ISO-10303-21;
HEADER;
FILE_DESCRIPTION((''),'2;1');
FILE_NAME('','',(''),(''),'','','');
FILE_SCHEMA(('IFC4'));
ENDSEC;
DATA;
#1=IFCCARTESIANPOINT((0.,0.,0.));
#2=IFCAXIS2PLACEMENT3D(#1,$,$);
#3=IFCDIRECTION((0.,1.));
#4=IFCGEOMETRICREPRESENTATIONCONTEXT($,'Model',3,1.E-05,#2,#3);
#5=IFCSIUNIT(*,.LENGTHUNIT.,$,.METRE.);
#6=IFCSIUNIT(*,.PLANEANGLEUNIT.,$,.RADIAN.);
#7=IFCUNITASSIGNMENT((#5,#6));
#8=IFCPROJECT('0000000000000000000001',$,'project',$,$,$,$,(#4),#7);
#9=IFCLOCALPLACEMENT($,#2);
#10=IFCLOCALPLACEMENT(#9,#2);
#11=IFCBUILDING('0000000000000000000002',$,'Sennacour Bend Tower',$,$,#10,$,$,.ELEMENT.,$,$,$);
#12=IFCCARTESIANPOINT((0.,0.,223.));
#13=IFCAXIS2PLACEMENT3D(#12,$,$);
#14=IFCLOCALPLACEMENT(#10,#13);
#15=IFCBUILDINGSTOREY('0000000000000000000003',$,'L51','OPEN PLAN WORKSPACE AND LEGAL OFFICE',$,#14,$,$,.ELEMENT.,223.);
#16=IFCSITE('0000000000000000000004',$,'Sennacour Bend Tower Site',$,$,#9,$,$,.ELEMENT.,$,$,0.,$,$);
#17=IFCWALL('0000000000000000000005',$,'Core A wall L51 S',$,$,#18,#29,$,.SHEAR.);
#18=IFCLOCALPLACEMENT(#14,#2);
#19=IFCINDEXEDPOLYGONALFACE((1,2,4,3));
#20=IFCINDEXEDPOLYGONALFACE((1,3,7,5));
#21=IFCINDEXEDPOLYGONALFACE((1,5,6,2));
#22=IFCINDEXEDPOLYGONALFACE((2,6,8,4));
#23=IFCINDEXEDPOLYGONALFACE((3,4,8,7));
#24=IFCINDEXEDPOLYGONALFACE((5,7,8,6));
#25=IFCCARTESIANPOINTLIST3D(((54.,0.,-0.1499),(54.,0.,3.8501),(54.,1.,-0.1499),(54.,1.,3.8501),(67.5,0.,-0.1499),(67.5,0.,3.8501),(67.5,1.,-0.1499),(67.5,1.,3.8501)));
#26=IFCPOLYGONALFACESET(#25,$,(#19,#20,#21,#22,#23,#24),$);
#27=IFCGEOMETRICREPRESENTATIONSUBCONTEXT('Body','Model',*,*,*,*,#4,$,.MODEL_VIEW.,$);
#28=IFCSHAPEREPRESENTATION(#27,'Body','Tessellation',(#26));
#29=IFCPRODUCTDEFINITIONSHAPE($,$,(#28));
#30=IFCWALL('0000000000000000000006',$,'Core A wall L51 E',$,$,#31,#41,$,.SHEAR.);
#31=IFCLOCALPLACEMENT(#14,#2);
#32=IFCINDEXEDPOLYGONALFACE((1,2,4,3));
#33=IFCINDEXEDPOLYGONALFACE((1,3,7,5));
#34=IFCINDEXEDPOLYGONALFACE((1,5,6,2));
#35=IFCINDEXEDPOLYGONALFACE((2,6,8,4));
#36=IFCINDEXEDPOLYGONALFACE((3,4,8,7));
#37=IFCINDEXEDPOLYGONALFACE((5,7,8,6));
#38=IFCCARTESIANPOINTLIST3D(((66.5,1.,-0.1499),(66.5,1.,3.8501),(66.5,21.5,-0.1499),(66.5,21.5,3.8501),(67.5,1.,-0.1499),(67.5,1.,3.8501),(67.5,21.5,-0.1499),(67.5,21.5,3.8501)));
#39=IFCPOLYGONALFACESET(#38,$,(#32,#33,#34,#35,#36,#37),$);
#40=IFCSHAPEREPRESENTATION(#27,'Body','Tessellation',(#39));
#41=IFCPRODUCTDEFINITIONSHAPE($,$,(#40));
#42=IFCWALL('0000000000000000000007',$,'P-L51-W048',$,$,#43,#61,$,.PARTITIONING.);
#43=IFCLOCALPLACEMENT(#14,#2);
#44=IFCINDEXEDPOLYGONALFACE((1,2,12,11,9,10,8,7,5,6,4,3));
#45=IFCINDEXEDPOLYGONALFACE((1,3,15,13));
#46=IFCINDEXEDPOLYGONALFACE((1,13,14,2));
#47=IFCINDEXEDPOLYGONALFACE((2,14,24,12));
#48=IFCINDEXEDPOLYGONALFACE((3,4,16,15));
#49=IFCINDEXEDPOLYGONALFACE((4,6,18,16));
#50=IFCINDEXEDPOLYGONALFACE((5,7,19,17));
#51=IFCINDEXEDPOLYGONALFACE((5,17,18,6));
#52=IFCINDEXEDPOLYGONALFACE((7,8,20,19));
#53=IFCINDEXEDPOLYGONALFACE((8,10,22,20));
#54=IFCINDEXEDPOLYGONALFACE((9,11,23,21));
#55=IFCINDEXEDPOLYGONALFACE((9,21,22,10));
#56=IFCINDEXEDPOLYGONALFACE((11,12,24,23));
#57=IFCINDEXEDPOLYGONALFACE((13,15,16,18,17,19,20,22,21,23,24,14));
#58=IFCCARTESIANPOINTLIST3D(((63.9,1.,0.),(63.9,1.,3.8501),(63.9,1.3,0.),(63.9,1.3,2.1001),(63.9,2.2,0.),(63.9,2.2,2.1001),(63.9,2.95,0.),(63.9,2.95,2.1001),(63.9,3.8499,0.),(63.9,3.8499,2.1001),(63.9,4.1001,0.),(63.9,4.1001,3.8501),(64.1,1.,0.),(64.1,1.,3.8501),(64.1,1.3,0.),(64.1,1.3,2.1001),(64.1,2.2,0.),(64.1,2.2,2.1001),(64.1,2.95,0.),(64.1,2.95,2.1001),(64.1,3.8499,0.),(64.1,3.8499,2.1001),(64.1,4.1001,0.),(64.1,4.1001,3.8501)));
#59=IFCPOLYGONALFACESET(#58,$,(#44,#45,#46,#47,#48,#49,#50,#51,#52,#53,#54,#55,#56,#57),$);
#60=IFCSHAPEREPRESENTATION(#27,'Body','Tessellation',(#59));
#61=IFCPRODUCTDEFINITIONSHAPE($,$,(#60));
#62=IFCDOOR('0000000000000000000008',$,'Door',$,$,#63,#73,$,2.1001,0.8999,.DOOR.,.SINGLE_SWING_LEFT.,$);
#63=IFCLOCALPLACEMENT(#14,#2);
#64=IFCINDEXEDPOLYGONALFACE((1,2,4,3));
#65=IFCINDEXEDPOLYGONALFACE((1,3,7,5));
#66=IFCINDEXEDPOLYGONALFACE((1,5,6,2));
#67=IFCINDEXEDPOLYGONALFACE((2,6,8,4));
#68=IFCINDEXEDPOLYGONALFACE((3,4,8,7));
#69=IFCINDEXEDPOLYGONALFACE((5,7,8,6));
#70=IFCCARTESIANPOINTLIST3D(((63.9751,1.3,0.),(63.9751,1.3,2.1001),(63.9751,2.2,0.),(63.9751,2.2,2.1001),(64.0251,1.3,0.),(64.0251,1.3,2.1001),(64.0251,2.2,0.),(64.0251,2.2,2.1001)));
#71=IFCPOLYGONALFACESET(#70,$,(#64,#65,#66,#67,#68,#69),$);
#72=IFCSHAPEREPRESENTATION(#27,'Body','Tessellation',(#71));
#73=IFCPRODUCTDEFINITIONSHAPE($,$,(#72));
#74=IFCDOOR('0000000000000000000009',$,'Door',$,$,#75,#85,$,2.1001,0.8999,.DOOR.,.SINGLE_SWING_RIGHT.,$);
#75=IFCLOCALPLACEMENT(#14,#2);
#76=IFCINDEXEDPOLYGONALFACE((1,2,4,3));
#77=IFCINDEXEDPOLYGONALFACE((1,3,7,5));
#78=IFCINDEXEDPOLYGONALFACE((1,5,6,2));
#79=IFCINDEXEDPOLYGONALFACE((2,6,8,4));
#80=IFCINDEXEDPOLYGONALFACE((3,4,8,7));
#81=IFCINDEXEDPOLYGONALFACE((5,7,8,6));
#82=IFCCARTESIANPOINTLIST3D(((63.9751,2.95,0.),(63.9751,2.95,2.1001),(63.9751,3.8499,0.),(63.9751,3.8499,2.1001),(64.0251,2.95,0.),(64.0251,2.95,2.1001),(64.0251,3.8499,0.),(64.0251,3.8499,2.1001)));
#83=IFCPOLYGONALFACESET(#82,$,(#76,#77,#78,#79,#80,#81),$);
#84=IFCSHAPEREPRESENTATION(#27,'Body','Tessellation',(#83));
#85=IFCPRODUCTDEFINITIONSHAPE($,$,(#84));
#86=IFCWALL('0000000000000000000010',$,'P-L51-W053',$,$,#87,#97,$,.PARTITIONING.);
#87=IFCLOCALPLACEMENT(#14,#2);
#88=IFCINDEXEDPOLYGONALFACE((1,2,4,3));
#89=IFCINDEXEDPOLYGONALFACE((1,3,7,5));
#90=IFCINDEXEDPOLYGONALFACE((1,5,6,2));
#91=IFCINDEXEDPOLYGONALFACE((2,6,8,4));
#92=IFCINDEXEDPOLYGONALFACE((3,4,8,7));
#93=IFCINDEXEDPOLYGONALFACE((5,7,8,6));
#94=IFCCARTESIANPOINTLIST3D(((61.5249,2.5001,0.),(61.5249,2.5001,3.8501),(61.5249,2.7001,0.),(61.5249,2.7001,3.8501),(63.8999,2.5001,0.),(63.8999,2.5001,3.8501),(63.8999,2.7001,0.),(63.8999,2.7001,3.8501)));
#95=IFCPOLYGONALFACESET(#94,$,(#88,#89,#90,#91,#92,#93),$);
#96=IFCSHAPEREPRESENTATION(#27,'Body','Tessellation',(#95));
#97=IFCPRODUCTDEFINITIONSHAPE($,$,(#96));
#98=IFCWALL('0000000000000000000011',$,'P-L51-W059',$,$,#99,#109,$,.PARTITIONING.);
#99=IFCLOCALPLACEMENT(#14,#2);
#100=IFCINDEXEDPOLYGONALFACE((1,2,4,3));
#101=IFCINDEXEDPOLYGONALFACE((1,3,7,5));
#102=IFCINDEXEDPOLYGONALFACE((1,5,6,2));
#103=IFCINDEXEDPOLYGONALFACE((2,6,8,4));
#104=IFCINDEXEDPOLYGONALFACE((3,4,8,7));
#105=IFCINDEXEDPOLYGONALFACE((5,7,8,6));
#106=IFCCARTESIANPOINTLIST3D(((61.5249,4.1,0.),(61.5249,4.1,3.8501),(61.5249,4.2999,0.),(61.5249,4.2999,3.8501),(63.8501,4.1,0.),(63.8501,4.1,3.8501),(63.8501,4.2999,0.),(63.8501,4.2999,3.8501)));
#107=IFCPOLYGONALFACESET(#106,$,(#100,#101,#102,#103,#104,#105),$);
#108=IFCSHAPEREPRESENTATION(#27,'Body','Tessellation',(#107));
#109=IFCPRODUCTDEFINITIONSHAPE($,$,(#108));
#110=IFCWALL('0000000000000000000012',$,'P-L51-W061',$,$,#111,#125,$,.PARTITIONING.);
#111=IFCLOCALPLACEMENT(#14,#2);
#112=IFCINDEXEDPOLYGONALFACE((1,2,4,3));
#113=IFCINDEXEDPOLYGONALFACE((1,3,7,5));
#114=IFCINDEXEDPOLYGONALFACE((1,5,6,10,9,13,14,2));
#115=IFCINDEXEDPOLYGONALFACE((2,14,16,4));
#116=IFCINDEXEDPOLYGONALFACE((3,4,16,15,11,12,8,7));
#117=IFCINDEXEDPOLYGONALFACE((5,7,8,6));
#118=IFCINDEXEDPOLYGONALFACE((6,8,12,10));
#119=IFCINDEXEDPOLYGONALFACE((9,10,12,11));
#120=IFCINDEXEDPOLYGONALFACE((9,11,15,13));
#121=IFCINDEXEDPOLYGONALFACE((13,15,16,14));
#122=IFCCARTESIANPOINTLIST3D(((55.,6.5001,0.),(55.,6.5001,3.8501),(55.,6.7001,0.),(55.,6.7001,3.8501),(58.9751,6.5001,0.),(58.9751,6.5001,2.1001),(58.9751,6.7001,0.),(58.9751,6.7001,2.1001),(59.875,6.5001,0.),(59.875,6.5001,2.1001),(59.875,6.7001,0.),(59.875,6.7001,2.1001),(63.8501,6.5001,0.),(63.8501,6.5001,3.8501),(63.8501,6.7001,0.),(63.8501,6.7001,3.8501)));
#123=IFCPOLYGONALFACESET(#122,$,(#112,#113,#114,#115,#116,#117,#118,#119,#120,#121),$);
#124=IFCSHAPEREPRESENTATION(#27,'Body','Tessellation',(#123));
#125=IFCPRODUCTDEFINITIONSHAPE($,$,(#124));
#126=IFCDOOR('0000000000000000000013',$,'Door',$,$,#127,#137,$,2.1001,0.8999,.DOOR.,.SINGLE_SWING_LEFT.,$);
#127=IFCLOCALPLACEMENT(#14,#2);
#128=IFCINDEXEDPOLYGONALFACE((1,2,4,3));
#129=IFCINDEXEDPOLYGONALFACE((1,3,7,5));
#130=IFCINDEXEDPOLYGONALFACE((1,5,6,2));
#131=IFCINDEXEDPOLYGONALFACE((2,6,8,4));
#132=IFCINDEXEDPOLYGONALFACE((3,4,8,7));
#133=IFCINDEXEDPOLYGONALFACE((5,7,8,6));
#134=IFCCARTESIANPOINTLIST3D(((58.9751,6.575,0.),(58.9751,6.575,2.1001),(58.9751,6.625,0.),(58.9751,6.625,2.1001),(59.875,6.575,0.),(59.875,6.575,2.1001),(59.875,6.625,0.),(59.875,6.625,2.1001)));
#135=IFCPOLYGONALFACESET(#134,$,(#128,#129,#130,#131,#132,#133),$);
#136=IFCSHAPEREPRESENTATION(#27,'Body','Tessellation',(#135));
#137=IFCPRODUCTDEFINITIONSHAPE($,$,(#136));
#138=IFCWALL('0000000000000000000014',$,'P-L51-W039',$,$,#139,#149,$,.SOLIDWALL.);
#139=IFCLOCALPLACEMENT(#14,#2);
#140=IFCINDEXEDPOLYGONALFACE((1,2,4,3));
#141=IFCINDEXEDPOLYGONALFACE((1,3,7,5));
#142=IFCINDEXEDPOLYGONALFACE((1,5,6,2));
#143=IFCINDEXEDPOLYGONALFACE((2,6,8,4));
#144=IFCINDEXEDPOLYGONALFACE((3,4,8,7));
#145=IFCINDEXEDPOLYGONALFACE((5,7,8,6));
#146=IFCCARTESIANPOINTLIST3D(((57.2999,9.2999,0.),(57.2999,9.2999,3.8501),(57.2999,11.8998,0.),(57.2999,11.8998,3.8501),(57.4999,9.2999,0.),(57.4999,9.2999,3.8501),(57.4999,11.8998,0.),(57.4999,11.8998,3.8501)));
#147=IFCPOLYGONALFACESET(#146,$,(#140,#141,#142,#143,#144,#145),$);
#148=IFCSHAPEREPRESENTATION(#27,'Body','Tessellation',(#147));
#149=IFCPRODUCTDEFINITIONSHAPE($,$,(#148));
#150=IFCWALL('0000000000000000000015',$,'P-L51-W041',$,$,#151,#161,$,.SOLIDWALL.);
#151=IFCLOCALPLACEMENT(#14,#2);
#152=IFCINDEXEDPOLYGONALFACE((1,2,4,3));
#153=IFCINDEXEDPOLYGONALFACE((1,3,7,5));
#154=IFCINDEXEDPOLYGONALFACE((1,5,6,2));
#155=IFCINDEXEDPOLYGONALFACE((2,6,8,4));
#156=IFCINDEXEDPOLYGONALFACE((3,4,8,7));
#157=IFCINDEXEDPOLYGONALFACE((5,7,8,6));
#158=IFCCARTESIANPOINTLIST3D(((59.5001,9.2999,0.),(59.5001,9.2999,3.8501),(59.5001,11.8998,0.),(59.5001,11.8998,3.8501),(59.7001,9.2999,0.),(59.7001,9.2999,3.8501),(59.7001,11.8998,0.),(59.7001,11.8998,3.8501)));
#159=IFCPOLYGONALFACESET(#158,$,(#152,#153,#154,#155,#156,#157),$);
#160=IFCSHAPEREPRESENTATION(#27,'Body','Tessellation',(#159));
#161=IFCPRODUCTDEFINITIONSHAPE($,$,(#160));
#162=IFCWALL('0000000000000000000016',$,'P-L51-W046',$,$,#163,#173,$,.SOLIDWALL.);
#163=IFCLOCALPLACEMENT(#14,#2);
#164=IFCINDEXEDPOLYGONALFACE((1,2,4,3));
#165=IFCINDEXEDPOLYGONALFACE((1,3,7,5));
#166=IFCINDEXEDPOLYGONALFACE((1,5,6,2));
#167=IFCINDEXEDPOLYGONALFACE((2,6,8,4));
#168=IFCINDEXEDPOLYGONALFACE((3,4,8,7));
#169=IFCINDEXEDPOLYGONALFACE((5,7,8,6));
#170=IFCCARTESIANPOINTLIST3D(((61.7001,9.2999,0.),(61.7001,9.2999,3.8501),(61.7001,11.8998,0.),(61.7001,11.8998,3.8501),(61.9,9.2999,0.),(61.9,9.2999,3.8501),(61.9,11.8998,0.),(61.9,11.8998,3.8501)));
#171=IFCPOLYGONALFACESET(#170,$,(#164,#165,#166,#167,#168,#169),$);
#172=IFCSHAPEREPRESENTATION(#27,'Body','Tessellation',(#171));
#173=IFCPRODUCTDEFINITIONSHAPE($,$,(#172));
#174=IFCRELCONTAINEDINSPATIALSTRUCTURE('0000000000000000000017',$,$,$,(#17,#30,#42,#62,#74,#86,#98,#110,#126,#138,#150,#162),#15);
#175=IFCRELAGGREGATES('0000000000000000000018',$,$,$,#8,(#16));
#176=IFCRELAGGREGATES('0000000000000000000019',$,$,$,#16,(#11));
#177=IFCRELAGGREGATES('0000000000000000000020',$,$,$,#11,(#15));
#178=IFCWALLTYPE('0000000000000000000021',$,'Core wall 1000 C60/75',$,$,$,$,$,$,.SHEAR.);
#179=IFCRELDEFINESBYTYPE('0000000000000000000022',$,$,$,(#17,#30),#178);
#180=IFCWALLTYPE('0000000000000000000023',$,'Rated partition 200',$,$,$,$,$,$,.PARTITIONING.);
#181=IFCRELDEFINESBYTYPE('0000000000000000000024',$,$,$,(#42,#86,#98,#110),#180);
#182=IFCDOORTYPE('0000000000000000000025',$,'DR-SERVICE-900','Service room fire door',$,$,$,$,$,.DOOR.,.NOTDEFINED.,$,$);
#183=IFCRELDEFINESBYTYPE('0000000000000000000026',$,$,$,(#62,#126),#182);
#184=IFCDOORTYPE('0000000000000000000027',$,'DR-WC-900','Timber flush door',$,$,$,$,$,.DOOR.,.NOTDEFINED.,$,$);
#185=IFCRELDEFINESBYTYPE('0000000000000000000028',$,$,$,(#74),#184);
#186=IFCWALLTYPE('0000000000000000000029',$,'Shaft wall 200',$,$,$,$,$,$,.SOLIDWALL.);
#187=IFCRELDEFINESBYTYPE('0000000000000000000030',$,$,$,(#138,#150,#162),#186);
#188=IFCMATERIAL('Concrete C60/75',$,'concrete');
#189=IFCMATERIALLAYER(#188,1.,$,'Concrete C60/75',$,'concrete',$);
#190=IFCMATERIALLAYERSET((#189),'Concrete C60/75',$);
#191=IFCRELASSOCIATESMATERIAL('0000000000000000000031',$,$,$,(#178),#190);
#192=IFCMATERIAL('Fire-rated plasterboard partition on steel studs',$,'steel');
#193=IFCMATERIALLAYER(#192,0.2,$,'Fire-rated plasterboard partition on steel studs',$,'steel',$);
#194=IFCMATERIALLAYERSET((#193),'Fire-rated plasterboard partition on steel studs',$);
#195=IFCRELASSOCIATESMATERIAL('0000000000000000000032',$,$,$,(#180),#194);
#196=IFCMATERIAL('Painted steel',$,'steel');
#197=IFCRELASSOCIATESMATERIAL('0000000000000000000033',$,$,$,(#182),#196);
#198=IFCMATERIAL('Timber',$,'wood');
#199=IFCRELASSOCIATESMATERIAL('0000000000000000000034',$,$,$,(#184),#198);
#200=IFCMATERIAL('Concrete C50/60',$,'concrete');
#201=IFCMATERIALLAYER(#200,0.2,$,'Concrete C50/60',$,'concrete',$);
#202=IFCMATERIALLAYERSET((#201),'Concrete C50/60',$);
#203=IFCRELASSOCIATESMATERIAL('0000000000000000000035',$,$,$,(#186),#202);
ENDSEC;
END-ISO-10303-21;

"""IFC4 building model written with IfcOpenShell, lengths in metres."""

from ifc_helpers import new_model, si_unit, direction, frame, frame_2d, origin, place, context, subcontext, project, spatial, rectangle, extrude, material, layer, layer_set, type_object, element, fill, save


model = new_model("IFC4")

# Units and contexts
model_context = context("Model", 3, precision=1e-05, world=origin(), true_north=direction((0.0, 1.0)))
body_context = subcontext(model_context, "Body", "Model", "MODEL_VIEW")
ifc_project = project(units=[si_unit("LENGTHUNIT", "METRE"), si_unit("PLANEANGLEUNIT", "RADIAN")], contexts=[model_context])

# Site, building, storey
site_placement = place(None, origin())
site = spatial("IfcSite", under=ifc_project, at=site_placement, Name="Sennacour Bend Tower Site", CompositionType="ELEMENT", RefElevation=0.0)
building_placement = place(site_placement, origin())
building = spatial("IfcBuilding", under=site, at=building_placement, Name="Sennacour Bend Tower", CompositionType="ELEMENT")
storey_placement = place(building_placement, frame((0.0, 0.0, 223.0)))
storey = spatial("IfcBuildingStorey", under=building, at=storey_placement, Name="L51", Description="OPEN PLAN WORKSPACE AND LEGAL OFFICE", CompositionType="ELEMENT", Elevation=223.0)

# Walls
ifc_material_1 = material(Name="Concrete C60/75", Category="concrete")
ifc_layer_1 = layer(ifc_material_1, 1.0, Name="Concrete C60/75", Category="concrete")
ifc_layer_set_1 = layer_set([ifc_layer_1], Name="Concrete C60/75")
wall_type_1 = type_object("IfcWallType", Name="Core wall 1000 C60/75", PredefinedType="SHEAR", material=ifc_layer_set_1)
wall_1_placement = place(storey_placement, frame((67.5, 0.5, -0.1499), z_axis=(0.0, 0.0, 1.0), x_axis=(-1.0, 0.0, 0.0)))
element("IfcWall", 1, at=wall_1_placement, inside=storey, type_object=wall_type_1, Name="Core A wall L51 S", PredefinedType="SHEAR", context=body_context, shape_type="SweptSolid", body=[
    extrude(rectangle(XDim=13.5, YDim=1.0, at=frame_2d((6.75, 0.0))), origin(), (0.0, 0.0, 1.0), 4.0),
])
wall_2_placement = place(storey_placement, frame((67.0, 1.0, -0.1499), z_axis=(0.0, 0.0, 1.0), x_axis=(0.0, 1.0, 0.0)))
element("IfcWall", 2, at=wall_2_placement, inside=storey, type_object=wall_type_1, Name="Core A wall L51 E", PredefinedType="SHEAR", context=body_context, shape_type="SweptSolid", body=[
    extrude(rectangle(XDim=20.5, YDim=1.0, at=frame_2d((10.25, 0.0))), origin(), (0.0, 0.0, 1.0), 4.0),
])

# Wall, openings, doors
ifc_material_2 = material(Name="Fire-rated plasterboard partition on steel studs", Category="steel")
ifc_layer_2 = layer(ifc_material_2, 0.2, Name="Fire-rated plasterboard partition on steel studs", Category="steel")
ifc_layer_set_2 = layer_set([ifc_layer_2], Name="Fire-rated plasterboard partition on steel studs")
wall_type_2 = type_object("IfcWallType", Name="Rated partition 200", PredefinedType="PARTITIONING", material=ifc_layer_set_2)
wall_3_placement = place(storey_placement, frame((64.0, 1.0, 0.0), z_axis=(0.0, 0.0, 1.0), x_axis=(0.0, 1.0, 0.0)))
wall_3 = element("IfcWall", 3, at=wall_3_placement, inside=storey, type_object=wall_type_2, Name="P-L51-W048", PredefinedType="PARTITIONING", context=body_context, shape_type="SweptSolid", body=[
    extrude(rectangle(XDim=3.1001, YDim=0.2, at=frame_2d((1.55, 0.0))), origin(), (0.0, 0.0, 1.0), 3.8501),
])
opening_1_placement = place(wall_3_placement, frame((0.3, 0.0, 0.0)))
opening_1 = element("IfcOpeningElement", 4, at=opening_1_placement, cuts=wall_3, PredefinedType="OPENING", context=body_context, shape_type="SweptSolid", body=[
    extrude(rectangle(XDim=0.8999, YDim=2.1001, at=frame_2d((0.45, 1.05))), frame((0.0, 0.1099, 0.0), z_axis=(0.0, -1.0, 0.0), x_axis=(1.0, 0.0, 0.0)), (0.0, 0.0, 1.0), 0.22),
])
opening_2_placement = place(wall_3_placement, frame((1.95, 0.0, 0.0)))
opening_2 = element("IfcOpeningElement", 5, at=opening_2_placement, cuts=wall_3, PredefinedType="OPENING", context=body_context, shape_type="SweptSolid", body=[
    extrude(rectangle(XDim=0.8999, YDim=2.1001, at=frame_2d((0.45, 1.05))), frame((0.0, 0.1099, 0.0), z_axis=(0.0, -1.0, 0.0), x_axis=(1.0, 0.0, 0.0)), (0.0, 0.0, 1.0), 0.22),
])
ifc_material_3 = material(Name="Painted steel", Category="steel")
door_type_1 = type_object("IfcDoorType", Name="DR-SERVICE-900", Description="Service room fire door", OperationType="NOTDEFINED", PredefinedType="DOOR", material=ifc_material_3)
door_1_placement = place(opening_1_placement, origin())
door_1 = element("IfcDoor", 6, at=door_1_placement, inside=storey, type_object=door_type_1, Name="Door", OperationType="SINGLE_SWING_LEFT", OverallHeight=2.1001, OverallWidth=0.8999, PredefinedType="DOOR", context=body_context, shape_type="SweptSolid", body=[
    extrude(rectangle(XDim=0.8999, YDim=2.1001, at=frame_2d((0.45, 1.05))), frame((0.0, 0.0249, 0.0), z_axis=(0.0, -1.0, 0.0), x_axis=(1.0, 0.0, 0.0)), (0.0, 0.0, 1.0), 0.05),
])
fill(opening_1, door_1)
ifc_material_4 = material(Name="Timber", Category="wood")
door_type_2 = type_object("IfcDoorType", Name="DR-WC-900", Description="Timber flush door", OperationType="NOTDEFINED", PredefinedType="DOOR", material=ifc_material_4)
door_2_placement = place(opening_2_placement, origin())
door_2 = element("IfcDoor", 7, at=door_2_placement, inside=storey, type_object=door_type_2, Name="Door", OperationType="SINGLE_SWING_RIGHT", OverallHeight=2.1001, OverallWidth=0.8999, PredefinedType="DOOR", context=body_context, shape_type="SweptSolid", body=[
    extrude(rectangle(XDim=0.8999, YDim=2.1001, at=frame_2d((0.45, 1.05))), frame((0.0, 0.0249, 0.0), z_axis=(0.0, -1.0, 0.0), x_axis=(1.0, 0.0, 0.0)), (0.0, 0.0, 1.0), 0.05),
])
fill(opening_2, door_2)

# Walls
wall_4_placement = place(storey_placement, frame((61.5249, 2.6001, 0.0), z_axis=(0.0, 0.0, 1.0), x_axis=(1.0, 0.0, 0.0)))
element("IfcWall", 8, at=wall_4_placement, inside=storey, type_object=wall_type_2, Name="P-L51-W053", PredefinedType="PARTITIONING", context=body_context, shape_type="SweptSolid", body=[
    extrude(rectangle(XDim=2.375, YDim=0.2, at=frame_2d((1.1875, 0.0))), origin(), (0.0, 0.0, 1.0), 3.8501),
])
wall_5_placement = place(storey_placement, frame((61.5249, 4.2, 0.0), z_axis=(0.0, 0.0, 1.0), x_axis=(1.0, 0.0, 0.0)))
element("IfcWall", 9, at=wall_5_placement, inside=storey, type_object=wall_type_2, Name="P-L51-W059", PredefinedType="PARTITIONING", context=body_context, shape_type="SweptSolid", body=[
    extrude(rectangle(XDim=2.3252, YDim=0.2, at=frame_2d((1.1626, 0.0))), origin(), (0.0, 0.0, 1.0), 3.8501),
])

# Wall, opening, door
wall_6_placement = place(storey_placement, frame((55.0, 6.6001, 0.0), z_axis=(0.0, 0.0, 1.0), x_axis=(1.0, 0.0, 0.0)))
wall_6 = element("IfcWall", 10, at=wall_6_placement, inside=storey, type_object=wall_type_2, Name="P-L51-W061", PredefinedType="PARTITIONING", context=body_context, shape_type="SweptSolid", body=[
    extrude(rectangle(XDim=8.8501, YDim=0.2, at=frame_2d((4.425, 0.0))), origin(), (0.0, 0.0, 1.0), 3.8501),
])
opening_3_placement = place(wall_6_placement, frame((3.9751, 0.0, 0.0)))
opening_3 = element("IfcOpeningElement", 11, at=opening_3_placement, cuts=wall_6, PredefinedType="OPENING", context=body_context, shape_type="SweptSolid", body=[
    extrude(rectangle(XDim=0.8999, YDim=2.1001, at=frame_2d((0.45, 1.05))), frame((0.0, 0.1099, 0.0), z_axis=(0.0, -1.0, 0.0), x_axis=(1.0, 0.0, 0.0)), (0.0, 0.0, 1.0), 0.22),
])
door_3_placement = place(opening_3_placement, origin())
door_3 = element("IfcDoor", 12, at=door_3_placement, inside=storey, type_object=door_type_1, Name="Door", OperationType="SINGLE_SWING_LEFT", OverallHeight=2.1001, OverallWidth=0.8999, PredefinedType="DOOR", context=body_context, shape_type="SweptSolid", body=[
    extrude(rectangle(XDim=0.8999, YDim=2.1001, at=frame_2d((0.45, 1.05))), frame((0.0, 0.0249, 0.0), z_axis=(0.0, -1.0, 0.0), x_axis=(1.0, 0.0, 0.0)), (0.0, 0.0, 1.0), 0.05),
])
fill(opening_3, door_3)

# Walls
ifc_material_5 = material(Name="Concrete C50/60", Category="concrete")
ifc_layer_3 = layer(ifc_material_5, 0.2, Name="Concrete C50/60", Category="concrete")
ifc_layer_set_3 = layer_set([ifc_layer_3], Name="Concrete C50/60")
wall_type_3 = type_object("IfcWallType", Name="Shaft wall 200", PredefinedType="SOLIDWALL", material=ifc_layer_set_3)
for number, where, z_axis, x_axis, name in (
    (13, (57.3999, 9.3, 0.0), (0.0, 0.0, 1.0), (0.0, 1.0, 0.0), "P-L51-W039"),
    (14, (59.6001, 9.3, 0.0), (0.0, 0.0, 1.0), (0.0, 1.0, 0.0), "P-L51-W041"),
    (15, (61.8, 9.3, 0.0), (0.0, 0.0, 1.0), (0.0, 1.0, 0.0), "P-L51-W046"),
):
    element("IfcWall", number, at=place(storey_placement, frame(where, z_axis=z_axis, x_axis=x_axis)), inside=storey, type_object=wall_type_3, Name=name, PredefinedType="SOLIDWALL", context=body_context, shape_type="SweptSolid", body=[
        extrude(rectangle(XDim=2.5999, YDim=0.2, at=frame_2d((1.2998, 0.0))), origin(), (0.0, 0.0, 1.0), 3.8501),
    ])

save(model, "model.ifc")
